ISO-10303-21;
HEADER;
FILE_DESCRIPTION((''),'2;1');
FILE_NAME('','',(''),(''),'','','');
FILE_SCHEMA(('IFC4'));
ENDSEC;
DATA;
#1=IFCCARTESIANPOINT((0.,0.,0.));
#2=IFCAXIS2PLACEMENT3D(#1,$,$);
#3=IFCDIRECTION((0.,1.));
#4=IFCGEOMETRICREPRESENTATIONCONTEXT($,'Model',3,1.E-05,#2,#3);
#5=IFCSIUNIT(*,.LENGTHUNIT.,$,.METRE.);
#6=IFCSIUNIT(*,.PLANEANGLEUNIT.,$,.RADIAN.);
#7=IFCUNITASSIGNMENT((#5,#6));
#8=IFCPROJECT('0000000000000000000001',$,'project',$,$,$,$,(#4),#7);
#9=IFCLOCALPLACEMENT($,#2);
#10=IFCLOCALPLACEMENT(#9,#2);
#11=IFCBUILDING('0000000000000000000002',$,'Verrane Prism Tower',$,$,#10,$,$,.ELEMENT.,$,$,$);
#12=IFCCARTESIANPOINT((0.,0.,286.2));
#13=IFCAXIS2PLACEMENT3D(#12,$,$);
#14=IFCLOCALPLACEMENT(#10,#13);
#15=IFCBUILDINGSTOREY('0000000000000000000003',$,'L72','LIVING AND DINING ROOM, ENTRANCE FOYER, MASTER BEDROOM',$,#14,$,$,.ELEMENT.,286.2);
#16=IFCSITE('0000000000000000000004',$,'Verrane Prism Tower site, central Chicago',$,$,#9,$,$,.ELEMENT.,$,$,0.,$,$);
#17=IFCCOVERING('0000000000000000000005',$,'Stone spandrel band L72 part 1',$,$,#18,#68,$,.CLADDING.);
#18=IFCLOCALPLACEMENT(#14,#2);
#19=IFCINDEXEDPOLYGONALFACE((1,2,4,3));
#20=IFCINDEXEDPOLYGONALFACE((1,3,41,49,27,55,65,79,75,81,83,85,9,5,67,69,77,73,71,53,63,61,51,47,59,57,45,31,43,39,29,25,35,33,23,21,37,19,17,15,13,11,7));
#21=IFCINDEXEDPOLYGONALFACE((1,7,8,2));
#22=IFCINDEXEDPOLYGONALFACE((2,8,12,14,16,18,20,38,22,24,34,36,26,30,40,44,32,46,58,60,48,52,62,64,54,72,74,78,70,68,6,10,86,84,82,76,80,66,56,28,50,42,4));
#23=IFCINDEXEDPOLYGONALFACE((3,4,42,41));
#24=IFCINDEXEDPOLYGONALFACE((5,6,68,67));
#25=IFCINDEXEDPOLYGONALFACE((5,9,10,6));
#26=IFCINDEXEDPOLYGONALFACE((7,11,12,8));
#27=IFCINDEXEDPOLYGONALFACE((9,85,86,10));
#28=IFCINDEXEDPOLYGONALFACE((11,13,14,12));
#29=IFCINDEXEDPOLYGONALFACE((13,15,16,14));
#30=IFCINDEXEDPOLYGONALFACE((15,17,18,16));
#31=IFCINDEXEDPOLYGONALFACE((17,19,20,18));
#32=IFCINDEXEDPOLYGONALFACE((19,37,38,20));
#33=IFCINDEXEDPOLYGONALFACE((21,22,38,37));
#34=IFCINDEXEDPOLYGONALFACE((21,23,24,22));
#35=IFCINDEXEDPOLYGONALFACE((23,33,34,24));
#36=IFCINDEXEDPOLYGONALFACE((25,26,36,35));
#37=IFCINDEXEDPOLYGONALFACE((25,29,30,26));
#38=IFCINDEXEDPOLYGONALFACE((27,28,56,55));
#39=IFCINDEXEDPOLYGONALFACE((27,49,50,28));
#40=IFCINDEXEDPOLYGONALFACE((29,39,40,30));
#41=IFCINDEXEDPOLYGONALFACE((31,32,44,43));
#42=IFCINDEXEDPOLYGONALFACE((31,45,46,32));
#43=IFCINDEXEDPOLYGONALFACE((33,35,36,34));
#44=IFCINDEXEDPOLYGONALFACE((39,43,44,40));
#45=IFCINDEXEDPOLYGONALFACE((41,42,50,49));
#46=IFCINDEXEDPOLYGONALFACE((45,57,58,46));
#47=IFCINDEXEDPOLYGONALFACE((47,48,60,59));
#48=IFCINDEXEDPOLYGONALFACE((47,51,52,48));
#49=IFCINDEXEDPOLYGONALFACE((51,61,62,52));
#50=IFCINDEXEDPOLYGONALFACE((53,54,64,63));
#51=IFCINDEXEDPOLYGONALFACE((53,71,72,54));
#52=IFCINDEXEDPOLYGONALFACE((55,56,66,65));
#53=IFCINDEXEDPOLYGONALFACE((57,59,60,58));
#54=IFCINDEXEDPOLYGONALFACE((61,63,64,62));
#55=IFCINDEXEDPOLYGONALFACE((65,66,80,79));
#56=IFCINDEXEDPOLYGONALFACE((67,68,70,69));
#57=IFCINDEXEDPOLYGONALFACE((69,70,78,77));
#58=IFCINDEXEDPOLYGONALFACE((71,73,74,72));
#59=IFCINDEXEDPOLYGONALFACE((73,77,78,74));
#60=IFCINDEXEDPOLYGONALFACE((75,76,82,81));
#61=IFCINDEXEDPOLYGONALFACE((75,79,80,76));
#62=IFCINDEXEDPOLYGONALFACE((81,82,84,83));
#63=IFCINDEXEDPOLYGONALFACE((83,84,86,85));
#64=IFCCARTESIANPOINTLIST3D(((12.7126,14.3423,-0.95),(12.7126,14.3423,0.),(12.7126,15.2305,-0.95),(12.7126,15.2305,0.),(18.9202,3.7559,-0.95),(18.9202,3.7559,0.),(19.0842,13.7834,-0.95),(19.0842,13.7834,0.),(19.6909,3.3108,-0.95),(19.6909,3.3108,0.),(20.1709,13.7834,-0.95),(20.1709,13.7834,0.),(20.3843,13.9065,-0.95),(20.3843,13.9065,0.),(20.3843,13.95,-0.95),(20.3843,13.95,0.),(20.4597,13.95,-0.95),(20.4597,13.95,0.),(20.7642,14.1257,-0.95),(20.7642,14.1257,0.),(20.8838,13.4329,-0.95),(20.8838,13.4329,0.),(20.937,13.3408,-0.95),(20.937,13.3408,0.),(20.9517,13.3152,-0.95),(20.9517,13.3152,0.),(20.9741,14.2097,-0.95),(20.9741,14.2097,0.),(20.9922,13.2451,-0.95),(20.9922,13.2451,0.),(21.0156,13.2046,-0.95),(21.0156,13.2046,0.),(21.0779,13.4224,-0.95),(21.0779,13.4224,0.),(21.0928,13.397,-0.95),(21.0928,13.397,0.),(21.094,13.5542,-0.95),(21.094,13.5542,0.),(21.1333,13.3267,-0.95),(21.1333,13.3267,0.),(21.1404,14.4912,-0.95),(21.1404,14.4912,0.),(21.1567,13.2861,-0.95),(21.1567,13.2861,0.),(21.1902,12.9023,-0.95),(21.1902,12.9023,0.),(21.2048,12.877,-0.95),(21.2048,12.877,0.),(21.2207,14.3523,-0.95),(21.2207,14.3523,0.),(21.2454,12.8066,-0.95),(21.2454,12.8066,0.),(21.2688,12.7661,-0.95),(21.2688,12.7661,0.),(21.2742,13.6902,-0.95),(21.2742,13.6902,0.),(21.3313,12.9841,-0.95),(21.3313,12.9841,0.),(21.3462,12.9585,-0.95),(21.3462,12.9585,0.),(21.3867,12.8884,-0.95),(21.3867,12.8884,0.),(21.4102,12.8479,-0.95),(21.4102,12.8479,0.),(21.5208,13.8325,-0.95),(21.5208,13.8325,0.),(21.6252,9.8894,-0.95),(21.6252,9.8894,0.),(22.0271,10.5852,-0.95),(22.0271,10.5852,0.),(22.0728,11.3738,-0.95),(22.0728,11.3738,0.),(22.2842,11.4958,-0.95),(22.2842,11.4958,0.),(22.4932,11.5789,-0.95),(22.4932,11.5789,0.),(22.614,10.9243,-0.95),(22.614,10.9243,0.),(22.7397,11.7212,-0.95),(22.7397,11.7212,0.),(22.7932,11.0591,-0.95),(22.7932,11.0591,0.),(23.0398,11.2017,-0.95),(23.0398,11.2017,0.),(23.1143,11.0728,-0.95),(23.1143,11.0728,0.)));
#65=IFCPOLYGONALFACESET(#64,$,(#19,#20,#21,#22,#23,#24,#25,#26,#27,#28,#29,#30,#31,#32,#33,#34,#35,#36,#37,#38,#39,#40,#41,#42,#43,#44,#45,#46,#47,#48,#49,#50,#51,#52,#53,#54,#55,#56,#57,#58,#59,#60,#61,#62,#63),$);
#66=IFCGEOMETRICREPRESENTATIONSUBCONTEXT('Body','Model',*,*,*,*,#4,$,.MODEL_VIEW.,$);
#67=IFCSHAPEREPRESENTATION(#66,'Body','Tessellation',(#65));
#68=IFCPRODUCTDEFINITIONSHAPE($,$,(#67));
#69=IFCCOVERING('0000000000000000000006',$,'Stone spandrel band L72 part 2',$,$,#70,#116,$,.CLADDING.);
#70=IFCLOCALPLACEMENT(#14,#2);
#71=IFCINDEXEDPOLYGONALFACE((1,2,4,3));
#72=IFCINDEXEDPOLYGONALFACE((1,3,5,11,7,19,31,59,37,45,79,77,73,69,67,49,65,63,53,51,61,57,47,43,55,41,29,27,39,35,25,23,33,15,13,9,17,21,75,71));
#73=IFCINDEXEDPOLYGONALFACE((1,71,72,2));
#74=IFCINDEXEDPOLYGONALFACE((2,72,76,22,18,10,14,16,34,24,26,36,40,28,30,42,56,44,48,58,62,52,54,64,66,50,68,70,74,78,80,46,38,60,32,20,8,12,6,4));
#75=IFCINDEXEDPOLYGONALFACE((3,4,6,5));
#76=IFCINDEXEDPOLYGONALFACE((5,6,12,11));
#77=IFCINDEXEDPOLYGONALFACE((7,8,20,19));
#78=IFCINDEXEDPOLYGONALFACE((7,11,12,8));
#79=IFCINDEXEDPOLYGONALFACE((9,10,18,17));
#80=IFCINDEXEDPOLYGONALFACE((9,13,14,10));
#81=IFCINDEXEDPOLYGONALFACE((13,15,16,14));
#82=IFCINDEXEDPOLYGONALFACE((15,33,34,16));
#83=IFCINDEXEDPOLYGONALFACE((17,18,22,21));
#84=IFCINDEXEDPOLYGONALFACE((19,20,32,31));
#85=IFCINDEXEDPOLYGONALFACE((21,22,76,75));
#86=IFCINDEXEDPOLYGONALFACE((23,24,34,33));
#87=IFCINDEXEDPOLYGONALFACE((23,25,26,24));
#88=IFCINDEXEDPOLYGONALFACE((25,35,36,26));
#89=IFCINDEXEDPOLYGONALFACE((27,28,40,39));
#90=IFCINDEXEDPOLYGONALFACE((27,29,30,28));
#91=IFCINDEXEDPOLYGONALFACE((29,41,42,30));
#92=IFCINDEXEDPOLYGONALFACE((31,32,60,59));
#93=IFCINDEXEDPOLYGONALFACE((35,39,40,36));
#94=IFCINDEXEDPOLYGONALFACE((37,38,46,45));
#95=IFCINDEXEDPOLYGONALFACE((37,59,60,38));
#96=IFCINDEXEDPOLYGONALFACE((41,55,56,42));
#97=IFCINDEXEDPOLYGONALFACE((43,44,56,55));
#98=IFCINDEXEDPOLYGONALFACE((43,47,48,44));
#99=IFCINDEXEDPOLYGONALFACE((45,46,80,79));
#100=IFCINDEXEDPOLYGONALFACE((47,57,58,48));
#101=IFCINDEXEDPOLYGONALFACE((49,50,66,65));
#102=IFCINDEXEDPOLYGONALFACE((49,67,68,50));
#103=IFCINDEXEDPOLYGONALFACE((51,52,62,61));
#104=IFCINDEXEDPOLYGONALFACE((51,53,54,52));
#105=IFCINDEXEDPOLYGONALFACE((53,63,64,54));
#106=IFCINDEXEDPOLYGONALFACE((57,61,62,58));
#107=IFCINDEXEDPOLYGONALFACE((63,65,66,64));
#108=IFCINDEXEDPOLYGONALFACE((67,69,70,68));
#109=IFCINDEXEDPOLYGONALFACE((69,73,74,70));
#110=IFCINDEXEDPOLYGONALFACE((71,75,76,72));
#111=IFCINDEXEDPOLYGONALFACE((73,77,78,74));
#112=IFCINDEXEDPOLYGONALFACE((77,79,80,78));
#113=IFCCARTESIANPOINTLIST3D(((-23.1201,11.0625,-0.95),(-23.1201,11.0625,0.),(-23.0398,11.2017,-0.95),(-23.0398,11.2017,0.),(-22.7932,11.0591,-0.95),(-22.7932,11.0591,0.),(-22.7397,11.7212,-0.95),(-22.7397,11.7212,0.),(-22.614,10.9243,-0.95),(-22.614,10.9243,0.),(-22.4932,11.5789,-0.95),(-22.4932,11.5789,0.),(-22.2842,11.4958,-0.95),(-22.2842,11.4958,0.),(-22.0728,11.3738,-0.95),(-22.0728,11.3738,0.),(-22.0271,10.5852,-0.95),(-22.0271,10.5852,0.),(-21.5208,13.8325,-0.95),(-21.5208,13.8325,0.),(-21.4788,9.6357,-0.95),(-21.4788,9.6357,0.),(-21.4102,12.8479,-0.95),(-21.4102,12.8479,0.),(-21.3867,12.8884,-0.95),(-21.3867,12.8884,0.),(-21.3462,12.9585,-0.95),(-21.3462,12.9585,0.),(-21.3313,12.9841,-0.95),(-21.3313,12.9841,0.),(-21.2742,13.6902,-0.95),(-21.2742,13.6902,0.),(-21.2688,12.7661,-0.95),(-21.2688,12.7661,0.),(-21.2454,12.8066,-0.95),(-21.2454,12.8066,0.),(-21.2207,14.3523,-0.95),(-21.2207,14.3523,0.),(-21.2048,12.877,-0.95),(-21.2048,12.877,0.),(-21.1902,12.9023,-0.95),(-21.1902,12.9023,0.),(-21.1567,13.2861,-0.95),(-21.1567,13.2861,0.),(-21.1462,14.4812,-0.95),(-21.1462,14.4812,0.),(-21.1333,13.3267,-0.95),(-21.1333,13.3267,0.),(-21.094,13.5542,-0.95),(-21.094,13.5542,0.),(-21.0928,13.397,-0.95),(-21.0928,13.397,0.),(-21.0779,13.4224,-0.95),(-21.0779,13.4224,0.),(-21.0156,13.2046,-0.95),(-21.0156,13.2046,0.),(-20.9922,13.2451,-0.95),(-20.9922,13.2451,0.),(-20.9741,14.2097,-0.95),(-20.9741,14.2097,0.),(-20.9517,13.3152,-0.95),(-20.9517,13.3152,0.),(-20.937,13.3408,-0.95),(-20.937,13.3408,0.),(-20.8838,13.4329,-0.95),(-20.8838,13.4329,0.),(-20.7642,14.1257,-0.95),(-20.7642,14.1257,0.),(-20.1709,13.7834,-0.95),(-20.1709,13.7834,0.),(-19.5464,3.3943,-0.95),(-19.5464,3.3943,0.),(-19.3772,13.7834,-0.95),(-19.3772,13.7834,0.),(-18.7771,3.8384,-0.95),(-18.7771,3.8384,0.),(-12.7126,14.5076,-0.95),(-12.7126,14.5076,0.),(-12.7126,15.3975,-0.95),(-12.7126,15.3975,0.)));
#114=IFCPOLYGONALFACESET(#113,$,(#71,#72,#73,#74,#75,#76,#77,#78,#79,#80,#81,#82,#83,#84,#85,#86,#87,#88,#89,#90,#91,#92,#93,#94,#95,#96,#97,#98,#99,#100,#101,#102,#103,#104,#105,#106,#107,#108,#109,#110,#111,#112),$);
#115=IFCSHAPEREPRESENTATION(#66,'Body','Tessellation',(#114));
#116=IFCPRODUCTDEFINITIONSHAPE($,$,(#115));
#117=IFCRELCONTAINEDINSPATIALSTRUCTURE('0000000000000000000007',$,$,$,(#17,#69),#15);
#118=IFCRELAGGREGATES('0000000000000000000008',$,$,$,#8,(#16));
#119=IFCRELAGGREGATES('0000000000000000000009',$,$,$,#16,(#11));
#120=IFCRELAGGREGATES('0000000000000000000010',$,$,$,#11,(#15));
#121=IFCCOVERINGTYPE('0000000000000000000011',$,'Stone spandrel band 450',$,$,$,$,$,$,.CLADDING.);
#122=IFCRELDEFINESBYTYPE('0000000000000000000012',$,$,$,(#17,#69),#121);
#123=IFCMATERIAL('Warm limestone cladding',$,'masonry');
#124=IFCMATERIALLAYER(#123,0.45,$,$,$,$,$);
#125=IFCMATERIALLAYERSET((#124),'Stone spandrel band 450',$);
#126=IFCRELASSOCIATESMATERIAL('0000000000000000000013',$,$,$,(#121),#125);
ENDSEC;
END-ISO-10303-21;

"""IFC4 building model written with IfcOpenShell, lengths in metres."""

from ifc_helpers import new_model, si_unit, direction, frame, origin, place, context, subcontext, project, spatial, polyline, outline, extrude, material, layer, layer_set, type_object, element, save


model = new_model("IFC4")

# Units and contexts
model_context = context("Model", 3, precision=1e-05, world=origin(), true_north=direction((0.0, 1.0)))
body_context = subcontext(model_context, "Body", "Model", "MODEL_VIEW")
ifc_project = project(units=[si_unit("LENGTHUNIT", "METRE"), si_unit("PLANEANGLEUNIT", "RADIAN")], contexts=[model_context])

# Site, building, storey
site_placement = place(None, origin())
site = spatial("IfcSite", under=ifc_project, at=site_placement, Name="Verrane Prism Tower site, central Chicago", CompositionType="ELEMENT", RefElevation=0.0)
building_placement = place(site_placement, origin())
building = spatial("IfcBuilding", under=site, at=building_placement, Name="Verrane Prism Tower", CompositionType="ELEMENT")
storey_placement = place(building_placement, frame((0.0, 0.0, 286.2)))
storey = spatial("IfcBuildingStorey", under=building, at=storey_placement, Name="L72", Description="LIVING AND DINING ROOM, ENTRANCE FOYER, MASTER BEDROOM", CompositionType="ELEMENT", Elevation=286.2)

# Coverings
ifc_material_1 = material(Name="Warm limestone cladding", Category="masonry")
ifc_layer_1 = layer(ifc_material_1, 0.45)
ifc_layer_set_1 = layer_set([ifc_layer_1], Name="Stone spandrel band 450")
covering_type_1 = type_object("IfcCoveringType", Name="Stone spandrel band 450", PredefinedType="CLADDING", material=ifc_layer_set_1)
covering_1_placement = place(storey_placement, frame((0.0, 0.0, -0.95)))
element("IfcCovering", 1, at=covering_1_placement, inside=storey, type_object=covering_type_1, Name="Stone spandrel band L72 part 1", PredefinedType="CLADDING", context=body_context, shape_type="SweptSolid", body=[
    extrude(outline(polyline([(12.7126, 15.2305), (12.7126, 14.3423), (19.0842, 13.7834), (20.1709, 13.7834), (20.3843, 13.9065), (20.3843, 13.95), (20.4597, 13.95), (20.7642, 14.1257), (21.094, 13.5542), (20.8838, 13.4329), (20.937, 13.3408), (21.0779, 13.4224), (21.0928, 13.397), (20.9517, 13.3152), (20.9922, 13.2451), (21.1333, 13.3267), (21.1567, 13.2861), (21.0156, 13.2046), (21.1902, 12.9023), (21.3313, 12.9841), (21.3462, 12.9585), (21.2048, 12.877), (21.2454, 12.8066), (21.3867, 12.8884), (21.4102, 12.8479), (21.2688, 12.7661), (22.0728, 11.3738), (22.2842, 11.4958), (22.614, 10.9243), (22.0271, 10.5852), (21.6252, 9.8894), (18.9202, 3.7559), (19.6909, 3.3108), (23.1143, 11.0728), (23.0398, 11.2017), (22.7932, 11.0591), (22.4932, 11.5789), (22.7397, 11.7212), (21.5208, 13.8325), (21.2742, 13.6902), (20.9741, 14.2097), (21.2207, 14.3523), (21.1404, 14.4912), (12.7126, 15.2305)])), origin(), (0.0, 0.0, 1.0), 0.95),
])
covering_2_placement = place(storey_placement, frame((0.0, 0.0, -0.95)))
element("IfcCovering", 2, at=covering_2_placement, inside=storey, type_object=covering_type_1, Name="Stone spandrel band L72 part 2", PredefinedType="CLADDING", context=body_context, shape_type="SweptSolid", body=[
    extrude(outline(polyline([(-18.7771, 3.8384), (-21.4788, 9.6357), (-22.0271, 10.5852), (-22.614, 10.9243), (-22.2842, 11.4958), (-22.0728, 11.3738), (-21.2688, 12.7661), (-21.4102, 12.8479), (-21.3867, 12.8884), (-21.2454, 12.8066), (-21.2048, 12.877), (-21.3462, 12.9585), (-21.3313, 12.9841), (-21.1902, 12.9023), (-21.0156, 13.2046), (-21.1567, 13.2861), (-21.1333, 13.3267), (-20.9922, 13.2451), (-20.9517, 13.3152), (-21.0928, 13.397), (-21.0779, 13.4224), (-20.937, 13.3408), (-20.8838, 13.4329), (-21.094, 13.5542), (-20.7642, 14.1257), (-20.1709, 13.7834), (-19.3772, 13.7834), (-12.7126, 14.5076), (-12.7126, 15.3975), (-21.1462, 14.4812), (-21.2207, 14.3523), (-20.9741, 14.2097), (-21.2742, 13.6902), (-21.5208, 13.8325), (-22.7397, 11.7212), (-22.4932, 11.5789), (-22.7932, 11.0591), (-23.0398, 11.2017), (-23.1201, 11.0625), (-19.5464, 3.3943), (-18.7771, 3.8384)])), origin(), (0.0, 0.0, 1.0), 0.95),
])

save(model, "model.ifc")
